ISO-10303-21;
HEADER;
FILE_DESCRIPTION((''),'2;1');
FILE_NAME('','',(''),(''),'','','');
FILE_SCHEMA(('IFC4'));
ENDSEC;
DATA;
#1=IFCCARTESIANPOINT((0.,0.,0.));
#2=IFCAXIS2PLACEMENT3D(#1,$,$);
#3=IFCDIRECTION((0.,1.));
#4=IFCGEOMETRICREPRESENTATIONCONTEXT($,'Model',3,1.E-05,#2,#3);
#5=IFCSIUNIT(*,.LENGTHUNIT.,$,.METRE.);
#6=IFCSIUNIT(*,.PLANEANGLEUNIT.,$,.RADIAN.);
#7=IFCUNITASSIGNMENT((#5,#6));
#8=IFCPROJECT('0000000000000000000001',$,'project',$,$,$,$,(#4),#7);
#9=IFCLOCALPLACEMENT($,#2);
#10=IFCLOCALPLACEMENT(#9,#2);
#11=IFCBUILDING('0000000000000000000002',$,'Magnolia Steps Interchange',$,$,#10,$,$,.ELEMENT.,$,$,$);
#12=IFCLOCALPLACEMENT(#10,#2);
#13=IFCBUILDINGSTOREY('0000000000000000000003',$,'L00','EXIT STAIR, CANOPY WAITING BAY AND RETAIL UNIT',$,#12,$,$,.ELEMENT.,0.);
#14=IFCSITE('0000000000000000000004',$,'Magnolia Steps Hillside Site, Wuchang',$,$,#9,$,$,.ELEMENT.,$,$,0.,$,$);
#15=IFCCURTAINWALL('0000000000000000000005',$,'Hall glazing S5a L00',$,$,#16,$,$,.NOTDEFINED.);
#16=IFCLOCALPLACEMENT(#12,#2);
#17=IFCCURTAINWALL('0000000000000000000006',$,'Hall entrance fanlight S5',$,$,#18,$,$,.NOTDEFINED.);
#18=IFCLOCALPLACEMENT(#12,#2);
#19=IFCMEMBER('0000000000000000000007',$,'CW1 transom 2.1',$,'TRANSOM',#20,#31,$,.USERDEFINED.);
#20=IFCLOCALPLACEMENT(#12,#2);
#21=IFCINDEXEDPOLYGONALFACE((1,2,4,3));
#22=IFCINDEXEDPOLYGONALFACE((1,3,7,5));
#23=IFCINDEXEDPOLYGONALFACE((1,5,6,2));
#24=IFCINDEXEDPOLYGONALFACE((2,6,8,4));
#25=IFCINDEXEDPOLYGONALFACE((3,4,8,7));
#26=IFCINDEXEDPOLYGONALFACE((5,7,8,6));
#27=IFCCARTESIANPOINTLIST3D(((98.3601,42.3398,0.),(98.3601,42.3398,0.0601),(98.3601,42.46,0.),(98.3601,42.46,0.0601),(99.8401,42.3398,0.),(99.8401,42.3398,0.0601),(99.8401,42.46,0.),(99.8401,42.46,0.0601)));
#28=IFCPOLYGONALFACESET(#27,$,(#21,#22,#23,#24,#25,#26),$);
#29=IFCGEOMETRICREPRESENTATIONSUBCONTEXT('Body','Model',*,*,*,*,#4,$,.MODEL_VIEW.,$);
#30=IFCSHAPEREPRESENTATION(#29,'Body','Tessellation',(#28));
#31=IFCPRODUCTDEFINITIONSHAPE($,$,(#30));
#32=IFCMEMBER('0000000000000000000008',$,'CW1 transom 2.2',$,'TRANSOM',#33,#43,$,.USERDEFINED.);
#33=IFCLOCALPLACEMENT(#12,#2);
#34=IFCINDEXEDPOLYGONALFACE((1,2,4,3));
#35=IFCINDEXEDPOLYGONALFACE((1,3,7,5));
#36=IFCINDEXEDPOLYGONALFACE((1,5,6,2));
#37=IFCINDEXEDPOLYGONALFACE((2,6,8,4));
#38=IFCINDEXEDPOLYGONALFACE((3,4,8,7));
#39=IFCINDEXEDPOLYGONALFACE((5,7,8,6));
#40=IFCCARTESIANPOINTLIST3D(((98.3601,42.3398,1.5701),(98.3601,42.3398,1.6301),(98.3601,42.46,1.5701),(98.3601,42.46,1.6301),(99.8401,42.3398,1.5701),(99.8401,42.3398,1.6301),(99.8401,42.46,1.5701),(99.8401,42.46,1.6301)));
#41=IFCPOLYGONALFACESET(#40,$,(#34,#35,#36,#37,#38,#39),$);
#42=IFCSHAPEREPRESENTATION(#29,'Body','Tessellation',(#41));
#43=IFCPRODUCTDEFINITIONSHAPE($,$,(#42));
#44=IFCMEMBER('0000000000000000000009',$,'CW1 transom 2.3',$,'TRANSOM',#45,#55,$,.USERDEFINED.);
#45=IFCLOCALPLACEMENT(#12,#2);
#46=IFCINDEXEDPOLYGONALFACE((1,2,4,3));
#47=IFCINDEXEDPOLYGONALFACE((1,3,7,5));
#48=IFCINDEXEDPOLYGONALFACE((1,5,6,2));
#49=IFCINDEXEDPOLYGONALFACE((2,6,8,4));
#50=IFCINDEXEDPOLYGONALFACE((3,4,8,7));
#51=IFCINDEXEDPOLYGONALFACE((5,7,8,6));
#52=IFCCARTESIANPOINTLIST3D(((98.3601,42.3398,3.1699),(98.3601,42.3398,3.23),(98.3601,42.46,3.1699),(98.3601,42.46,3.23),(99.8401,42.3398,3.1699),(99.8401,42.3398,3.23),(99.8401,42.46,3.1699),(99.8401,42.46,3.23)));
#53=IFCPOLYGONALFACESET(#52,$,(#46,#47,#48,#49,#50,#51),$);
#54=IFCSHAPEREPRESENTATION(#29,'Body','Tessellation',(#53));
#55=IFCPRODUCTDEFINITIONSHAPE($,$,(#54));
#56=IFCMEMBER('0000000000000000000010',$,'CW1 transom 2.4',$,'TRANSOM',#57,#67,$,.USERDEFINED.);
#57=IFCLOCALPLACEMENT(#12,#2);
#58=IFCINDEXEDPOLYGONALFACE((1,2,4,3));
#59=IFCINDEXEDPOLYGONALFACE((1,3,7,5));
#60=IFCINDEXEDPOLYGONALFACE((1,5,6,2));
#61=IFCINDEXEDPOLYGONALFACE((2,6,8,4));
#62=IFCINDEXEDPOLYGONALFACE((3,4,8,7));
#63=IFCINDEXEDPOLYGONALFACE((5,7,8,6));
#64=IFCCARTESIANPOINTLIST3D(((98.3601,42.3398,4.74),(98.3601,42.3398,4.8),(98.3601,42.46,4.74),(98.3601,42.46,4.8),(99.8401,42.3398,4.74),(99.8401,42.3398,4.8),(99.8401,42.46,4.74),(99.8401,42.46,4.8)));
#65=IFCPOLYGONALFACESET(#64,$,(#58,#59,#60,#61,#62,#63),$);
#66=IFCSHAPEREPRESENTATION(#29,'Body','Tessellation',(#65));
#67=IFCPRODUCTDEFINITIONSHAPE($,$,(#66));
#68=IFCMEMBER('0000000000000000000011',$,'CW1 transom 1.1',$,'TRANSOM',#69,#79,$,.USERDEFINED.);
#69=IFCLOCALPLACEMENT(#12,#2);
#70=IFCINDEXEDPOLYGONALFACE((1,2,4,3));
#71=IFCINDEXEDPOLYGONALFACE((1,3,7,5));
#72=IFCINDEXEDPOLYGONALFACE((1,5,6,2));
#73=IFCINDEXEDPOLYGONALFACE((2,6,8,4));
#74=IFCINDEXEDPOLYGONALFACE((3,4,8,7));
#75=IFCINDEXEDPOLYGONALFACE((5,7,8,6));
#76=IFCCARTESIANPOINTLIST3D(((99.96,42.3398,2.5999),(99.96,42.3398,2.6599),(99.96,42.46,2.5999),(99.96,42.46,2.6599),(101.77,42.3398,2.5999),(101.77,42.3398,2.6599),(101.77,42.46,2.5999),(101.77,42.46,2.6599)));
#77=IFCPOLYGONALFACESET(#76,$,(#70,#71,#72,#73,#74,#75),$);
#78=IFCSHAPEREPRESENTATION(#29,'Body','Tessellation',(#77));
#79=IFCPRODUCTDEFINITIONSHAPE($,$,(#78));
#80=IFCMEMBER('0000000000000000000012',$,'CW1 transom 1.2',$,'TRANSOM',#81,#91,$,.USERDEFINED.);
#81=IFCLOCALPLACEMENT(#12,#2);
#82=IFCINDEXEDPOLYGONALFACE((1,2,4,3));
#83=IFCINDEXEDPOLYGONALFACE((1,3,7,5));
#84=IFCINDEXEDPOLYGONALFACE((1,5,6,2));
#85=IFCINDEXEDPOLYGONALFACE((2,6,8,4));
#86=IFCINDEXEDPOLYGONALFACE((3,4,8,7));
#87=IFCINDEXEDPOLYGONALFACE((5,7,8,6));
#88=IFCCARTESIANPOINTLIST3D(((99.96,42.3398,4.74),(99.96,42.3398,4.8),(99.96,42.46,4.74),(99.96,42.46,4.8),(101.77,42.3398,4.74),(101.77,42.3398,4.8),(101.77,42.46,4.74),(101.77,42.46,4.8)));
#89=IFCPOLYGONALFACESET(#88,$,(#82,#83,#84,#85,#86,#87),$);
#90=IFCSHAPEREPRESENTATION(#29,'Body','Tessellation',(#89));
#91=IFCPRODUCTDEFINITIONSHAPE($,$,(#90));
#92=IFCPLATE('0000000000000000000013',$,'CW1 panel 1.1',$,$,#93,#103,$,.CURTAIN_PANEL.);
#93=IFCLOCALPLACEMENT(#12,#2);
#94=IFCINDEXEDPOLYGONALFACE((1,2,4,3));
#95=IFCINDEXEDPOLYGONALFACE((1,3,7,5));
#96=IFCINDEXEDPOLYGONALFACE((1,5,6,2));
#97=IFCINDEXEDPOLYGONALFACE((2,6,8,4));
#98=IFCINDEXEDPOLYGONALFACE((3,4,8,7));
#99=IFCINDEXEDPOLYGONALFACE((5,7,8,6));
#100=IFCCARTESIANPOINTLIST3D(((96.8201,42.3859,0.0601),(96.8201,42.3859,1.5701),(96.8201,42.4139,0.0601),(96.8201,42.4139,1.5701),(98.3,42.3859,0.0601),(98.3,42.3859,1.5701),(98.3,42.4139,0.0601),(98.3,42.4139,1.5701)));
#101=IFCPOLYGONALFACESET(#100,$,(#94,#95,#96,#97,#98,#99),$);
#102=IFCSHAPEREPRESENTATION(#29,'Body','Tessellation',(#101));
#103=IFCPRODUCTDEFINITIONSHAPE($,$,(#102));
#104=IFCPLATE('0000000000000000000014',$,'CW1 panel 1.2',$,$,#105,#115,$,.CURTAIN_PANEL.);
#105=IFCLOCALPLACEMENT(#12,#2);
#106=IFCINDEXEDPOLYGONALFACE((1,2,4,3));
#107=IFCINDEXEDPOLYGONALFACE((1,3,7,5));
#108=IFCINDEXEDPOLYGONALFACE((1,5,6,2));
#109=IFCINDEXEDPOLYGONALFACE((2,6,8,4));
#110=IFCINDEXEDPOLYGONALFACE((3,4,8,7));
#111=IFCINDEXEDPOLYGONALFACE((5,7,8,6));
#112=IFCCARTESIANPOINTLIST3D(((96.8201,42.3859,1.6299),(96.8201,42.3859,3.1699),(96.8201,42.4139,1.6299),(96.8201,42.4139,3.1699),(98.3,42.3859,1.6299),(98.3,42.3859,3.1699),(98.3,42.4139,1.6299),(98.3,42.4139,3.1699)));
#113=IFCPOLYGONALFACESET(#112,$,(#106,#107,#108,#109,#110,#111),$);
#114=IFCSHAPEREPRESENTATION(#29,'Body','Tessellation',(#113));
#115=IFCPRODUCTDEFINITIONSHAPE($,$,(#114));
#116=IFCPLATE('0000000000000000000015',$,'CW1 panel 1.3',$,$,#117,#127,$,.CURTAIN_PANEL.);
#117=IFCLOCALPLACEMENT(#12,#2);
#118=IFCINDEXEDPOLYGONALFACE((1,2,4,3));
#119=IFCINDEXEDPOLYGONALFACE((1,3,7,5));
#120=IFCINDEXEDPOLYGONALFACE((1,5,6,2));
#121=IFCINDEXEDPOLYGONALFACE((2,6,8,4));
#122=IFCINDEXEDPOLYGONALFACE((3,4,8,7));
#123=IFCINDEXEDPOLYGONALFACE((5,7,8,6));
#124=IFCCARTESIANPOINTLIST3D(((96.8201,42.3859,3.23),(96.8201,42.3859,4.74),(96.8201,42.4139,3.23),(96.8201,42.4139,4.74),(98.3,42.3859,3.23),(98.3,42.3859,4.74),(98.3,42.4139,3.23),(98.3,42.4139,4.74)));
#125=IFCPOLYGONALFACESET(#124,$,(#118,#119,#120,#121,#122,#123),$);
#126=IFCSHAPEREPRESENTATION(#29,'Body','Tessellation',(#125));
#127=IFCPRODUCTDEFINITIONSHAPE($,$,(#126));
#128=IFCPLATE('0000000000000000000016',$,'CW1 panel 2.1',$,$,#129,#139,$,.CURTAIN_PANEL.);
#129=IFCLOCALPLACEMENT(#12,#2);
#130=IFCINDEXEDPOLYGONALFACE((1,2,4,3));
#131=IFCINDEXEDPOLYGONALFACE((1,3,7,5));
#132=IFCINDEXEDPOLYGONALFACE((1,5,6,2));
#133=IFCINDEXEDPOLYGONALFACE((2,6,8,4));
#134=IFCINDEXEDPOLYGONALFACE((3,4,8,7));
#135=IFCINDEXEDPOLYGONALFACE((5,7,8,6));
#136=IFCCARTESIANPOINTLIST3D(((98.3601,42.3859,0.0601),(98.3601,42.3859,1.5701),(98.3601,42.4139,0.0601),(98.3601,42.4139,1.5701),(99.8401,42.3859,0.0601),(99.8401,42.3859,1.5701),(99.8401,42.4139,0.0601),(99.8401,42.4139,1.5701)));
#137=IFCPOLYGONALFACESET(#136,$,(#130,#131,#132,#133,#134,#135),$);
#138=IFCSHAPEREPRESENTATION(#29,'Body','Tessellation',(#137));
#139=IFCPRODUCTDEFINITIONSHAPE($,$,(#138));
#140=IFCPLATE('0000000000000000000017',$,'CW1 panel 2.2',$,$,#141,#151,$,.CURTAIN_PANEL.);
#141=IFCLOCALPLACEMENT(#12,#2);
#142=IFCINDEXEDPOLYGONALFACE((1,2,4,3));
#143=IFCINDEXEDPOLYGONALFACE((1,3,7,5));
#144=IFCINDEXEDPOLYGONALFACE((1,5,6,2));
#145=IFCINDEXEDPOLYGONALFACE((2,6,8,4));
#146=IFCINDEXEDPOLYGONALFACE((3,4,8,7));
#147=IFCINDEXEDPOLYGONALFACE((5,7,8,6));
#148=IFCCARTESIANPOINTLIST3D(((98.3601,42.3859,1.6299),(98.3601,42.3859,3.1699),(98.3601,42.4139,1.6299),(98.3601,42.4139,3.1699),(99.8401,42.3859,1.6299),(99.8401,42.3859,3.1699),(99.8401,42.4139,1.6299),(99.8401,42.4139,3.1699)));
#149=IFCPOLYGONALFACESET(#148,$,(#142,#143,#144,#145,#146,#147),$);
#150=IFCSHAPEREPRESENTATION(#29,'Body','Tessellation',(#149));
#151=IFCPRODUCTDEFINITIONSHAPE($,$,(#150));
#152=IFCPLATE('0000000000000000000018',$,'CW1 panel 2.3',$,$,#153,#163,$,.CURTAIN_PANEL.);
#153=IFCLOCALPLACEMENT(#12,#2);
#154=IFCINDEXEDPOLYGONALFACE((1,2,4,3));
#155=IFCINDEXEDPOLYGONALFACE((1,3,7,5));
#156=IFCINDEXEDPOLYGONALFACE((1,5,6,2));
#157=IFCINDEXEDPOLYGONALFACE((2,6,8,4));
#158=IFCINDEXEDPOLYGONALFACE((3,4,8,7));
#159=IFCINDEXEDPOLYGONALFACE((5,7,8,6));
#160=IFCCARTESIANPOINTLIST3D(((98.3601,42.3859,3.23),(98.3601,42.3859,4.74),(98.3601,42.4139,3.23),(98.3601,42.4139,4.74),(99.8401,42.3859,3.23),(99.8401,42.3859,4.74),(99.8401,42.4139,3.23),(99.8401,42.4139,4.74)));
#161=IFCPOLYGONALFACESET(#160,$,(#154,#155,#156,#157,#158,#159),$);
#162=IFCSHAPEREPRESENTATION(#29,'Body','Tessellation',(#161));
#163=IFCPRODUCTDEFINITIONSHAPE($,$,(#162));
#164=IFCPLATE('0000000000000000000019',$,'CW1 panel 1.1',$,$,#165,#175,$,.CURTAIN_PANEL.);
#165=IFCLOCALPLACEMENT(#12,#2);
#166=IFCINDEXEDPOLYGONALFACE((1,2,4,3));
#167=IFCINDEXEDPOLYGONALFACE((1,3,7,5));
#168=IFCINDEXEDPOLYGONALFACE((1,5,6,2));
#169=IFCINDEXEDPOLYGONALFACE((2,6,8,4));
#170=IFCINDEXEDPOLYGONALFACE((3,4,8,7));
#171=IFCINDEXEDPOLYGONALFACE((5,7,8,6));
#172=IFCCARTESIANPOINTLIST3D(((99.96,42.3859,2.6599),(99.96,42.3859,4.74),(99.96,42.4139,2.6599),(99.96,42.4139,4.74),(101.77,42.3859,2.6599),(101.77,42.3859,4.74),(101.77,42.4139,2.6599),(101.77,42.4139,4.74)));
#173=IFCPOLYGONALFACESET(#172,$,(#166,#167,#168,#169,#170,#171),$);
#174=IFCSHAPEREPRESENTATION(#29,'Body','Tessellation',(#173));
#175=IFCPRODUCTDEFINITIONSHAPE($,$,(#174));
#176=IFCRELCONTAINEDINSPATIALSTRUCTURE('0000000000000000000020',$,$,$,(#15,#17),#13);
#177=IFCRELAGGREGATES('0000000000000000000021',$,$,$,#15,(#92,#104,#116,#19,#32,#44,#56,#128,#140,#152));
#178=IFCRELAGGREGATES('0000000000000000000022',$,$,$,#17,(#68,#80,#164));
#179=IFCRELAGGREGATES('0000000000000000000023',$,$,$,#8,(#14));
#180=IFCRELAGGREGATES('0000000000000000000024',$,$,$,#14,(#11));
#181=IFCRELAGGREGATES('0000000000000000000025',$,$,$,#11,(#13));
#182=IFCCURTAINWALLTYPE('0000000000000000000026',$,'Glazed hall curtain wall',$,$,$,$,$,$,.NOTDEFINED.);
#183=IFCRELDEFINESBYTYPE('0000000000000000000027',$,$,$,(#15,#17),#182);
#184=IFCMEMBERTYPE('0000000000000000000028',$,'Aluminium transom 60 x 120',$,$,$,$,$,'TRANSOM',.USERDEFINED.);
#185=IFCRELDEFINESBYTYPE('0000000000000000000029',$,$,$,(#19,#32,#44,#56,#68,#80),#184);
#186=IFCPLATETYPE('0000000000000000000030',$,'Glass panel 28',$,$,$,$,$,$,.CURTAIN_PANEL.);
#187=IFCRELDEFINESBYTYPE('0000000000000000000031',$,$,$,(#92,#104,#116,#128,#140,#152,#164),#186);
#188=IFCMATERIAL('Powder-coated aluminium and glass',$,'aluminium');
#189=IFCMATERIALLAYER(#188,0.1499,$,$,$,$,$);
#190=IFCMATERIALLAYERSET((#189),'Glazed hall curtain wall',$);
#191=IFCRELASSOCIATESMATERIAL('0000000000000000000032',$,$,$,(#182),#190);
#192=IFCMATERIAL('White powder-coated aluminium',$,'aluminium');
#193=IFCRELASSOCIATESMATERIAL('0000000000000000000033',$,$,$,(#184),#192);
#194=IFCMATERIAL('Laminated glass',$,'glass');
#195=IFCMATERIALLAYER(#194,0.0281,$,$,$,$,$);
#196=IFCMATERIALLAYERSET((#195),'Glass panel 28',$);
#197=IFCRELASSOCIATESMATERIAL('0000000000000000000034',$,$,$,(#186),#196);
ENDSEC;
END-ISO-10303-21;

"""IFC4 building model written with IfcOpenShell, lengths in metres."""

from ifc_helpers import new_model, si_unit, direction, frame, origin, origin_2d, place, context, subcontext, project, spatial, rectangle, extrude, material, layer, layer_set, material_profile, profile_set, type_object, element, aggregate, save


model = new_model("IFC4")

# Units and contexts
model_context = context("Model", 3, precision=1e-05, world=origin(), true_north=direction((0.0, 1.0)))
body_context = subcontext(model_context, "Body", "Model", "MODEL_VIEW")
ifc_project = project(units=[si_unit("LENGTHUNIT", "METRE"), si_unit("PLANEANGLEUNIT", "RADIAN")], contexts=[model_context])

# Site, building, storey
site_placement = place(None, origin())
site = spatial("IfcSite", under=ifc_project, at=site_placement, Name="Magnolia Steps Hillside Site, Wuchang", CompositionType="ELEMENT", RefElevation=0.0)
building_placement = place(site_placement, origin())
building = spatial("IfcBuilding", under=site, at=building_placement, Name="Magnolia Steps Interchange", CompositionType="ELEMENT")
storey_placement = place(building_placement, origin())
storey = spatial("IfcBuildingStorey", under=building, at=storey_placement, Name="L00", Description="EXIT STAIR, CANOPY WAITING BAY AND RETAIL UNIT", CompositionType="ELEMENT", Elevation=0.0)

# Curtain walls
ifc_material_1 = material(Name="Powder-coated aluminium and glass", Category="aluminium")
ifc_layer_1 = layer(ifc_material_1, 0.1499)
ifc_layer_set_1 = layer_set([ifc_layer_1], Name="Glazed hall curtain wall")
curtain_wall_type = type_object("IfcCurtainWallType", Name="Glazed hall curtain wall", PredefinedType="NOTDEFINED", material=ifc_layer_set_1)
curtain_wall_1_placement = place(storey_placement, origin())
curtain_wall_1 = element("IfcCurtainWall", 1, at=curtain_wall_1_placement, inside=storey, type_object=curtain_wall_type, Name="Hall glazing S5a L00", PredefinedType="NOTDEFINED")
curtain_wall_2_placement = place(storey_placement, origin())
curtain_wall_2 = element("IfcCurtainWall", 2, at=curtain_wall_2_placement, inside=storey, type_object=curtain_wall_type, Name="Hall entrance fanlight S5", PredefinedType="NOTDEFINED")

# Members
ifc_material_2 = material(Name="White powder-coated aluminium", Category="aluminium")
ifc_material_profile_1 = material_profile(ifc_material_2, rectangle(XDim=0.0601, YDim=0.1201, at=origin_2d()), Name="Aluminium transom 60 x 120")
ifc_profile_set_1 = profile_set([ifc_material_profile_1], Name="White powder-coated aluminium")
member_type_1 = type_object("IfcMemberType", Name="Aluminium transom 60 x 120", ElementType="TRANSOM", PredefinedType="USERDEFINED", material=ifc_profile_set_1)
member_1_placement = place(storey_placement, frame((98.3601, 42.3999, 0.03), z_axis=(1.0, 0.0, 0.0), x_axis=(0.0, 0.0, 1.0)))
member_1 = element("IfcMember", 3, at=member_1_placement, type_object=member_type_1, Name="CW1 transom 2.1", ObjectType="TRANSOM", PredefinedType="USERDEFINED", context=body_context, shape_type="SweptSolid", body=[
    extrude(rectangle(XDim=0.0601, YDim=0.1201, at=origin_2d()), origin(), (0.0, 0.0, 1.0), 1.48),
])
member_2_placement = place(storey_placement, frame((98.3601, 42.3999, 1.6001), z_axis=(1.0, 0.0, 0.0), x_axis=(0.0, 0.0, 1.0)))
member_2 = element("IfcMember", 4, at=member_2_placement, type_object=member_type_1, Name="CW1 transom 2.2", ObjectType="TRANSOM", PredefinedType="USERDEFINED", context=body_context, shape_type="SweptSolid", body=[
    extrude(rectangle(XDim=0.0601, YDim=0.1201, at=origin_2d()), origin(), (0.0, 0.0, 1.0), 1.48),
])
member_3_placement = place(storey_placement, frame((98.3601, 42.3999, 3.2), z_axis=(1.0, 0.0, 0.0), x_axis=(0.0, 0.0, 1.0)))
member_3 = element("IfcMember", 5, at=member_3_placement, type_object=member_type_1, Name="CW1 transom 2.3", ObjectType="TRANSOM", PredefinedType="USERDEFINED", context=body_context, shape_type="SweptSolid", body=[
    extrude(rectangle(XDim=0.0601, YDim=0.1201, at=origin_2d()), origin(), (0.0, 0.0, 1.0), 1.48),
])
member_4_placement = place(storey_placement, frame((98.3601, 42.3999, 4.77), z_axis=(1.0, 0.0, 0.0), x_axis=(0.0, 0.0, 1.0)))
member_4 = element("IfcMember", 6, at=member_4_placement, type_object=member_type_1, Name="CW1 transom 2.4", ObjectType="TRANSOM", PredefinedType="USERDEFINED", context=body_context, shape_type="SweptSolid", body=[
    extrude(rectangle(XDim=0.0601, YDim=0.1201, at=origin_2d()), origin(), (0.0, 0.0, 1.0), 1.48),
])
member_5_placement = place(storey_placement, frame((99.96, 42.3999, 2.6299), z_axis=(1.0, 0.0, 0.0), x_axis=(0.0, 0.0, 1.0)))
member_5 = element("IfcMember", 7, at=member_5_placement, type_object=member_type_1, Name="CW1 transom 1.1", ObjectType="TRANSOM", PredefinedType="USERDEFINED", context=body_context, shape_type="SweptSolid", body=[
    extrude(rectangle(XDim=0.0601, YDim=0.1201, at=origin_2d()), origin(), (0.0, 0.0, 1.0), 1.8101),
])
member_6_placement = place(storey_placement, frame((99.96, 42.3999, 4.77), z_axis=(1.0, 0.0, 0.0), x_axis=(0.0, 0.0, 1.0)))
member_6 = element("IfcMember", 8, at=member_6_placement, type_object=member_type_1, Name="CW1 transom 1.2", ObjectType="TRANSOM", PredefinedType="USERDEFINED", context=body_context, shape_type="SweptSolid", body=[
    extrude(rectangle(XDim=0.0601, YDim=0.1201, at=origin_2d()), origin(), (0.0, 0.0, 1.0), 1.8101),
])

# Plates
ifc_material_3 = material(Name="Laminated glass", Category="glass")
ifc_layer_2 = layer(ifc_material_3, 0.0281)
ifc_layer_set_2 = layer_set([ifc_layer_2], Name="Glass panel 28")
plate_type = type_object("IfcPlateType", Name="Glass panel 28", PredefinedType="CURTAIN_PANEL", material=ifc_layer_set_2)
plate_1_placement = place(storey_placement, frame((97.5601, 42.3999, 0.0601), z_axis=(0.0, 0.0, 1.0), x_axis=(1.0, 0.0, 0.0)))
plate_1 = element("IfcPlate", 9, at=plate_1_placement, type_object=plate_type, Name="CW1 panel 1.1", PredefinedType="CURTAIN_PANEL", context=body_context, shape_type="SweptSolid", body=[
    extrude(rectangle(XDim=1.48, YDim=0.0281, at=origin_2d()), origin(), (0.0, 0.0, 1.0), 1.51),
])
plate_2_placement = place(storey_placement, frame((97.5601, 42.3999, 1.6299), z_axis=(0.0, 0.0, 1.0), x_axis=(1.0, 0.0, 0.0)))
plate_2 = element("IfcPlate", 10, at=plate_2_placement, type_object=plate_type, Name="CW1 panel 1.2", PredefinedType="CURTAIN_PANEL", context=body_context, shape_type="SweptSolid", body=[
    extrude(rectangle(XDim=1.48, YDim=0.0281, at=origin_2d()), origin(), (0.0, 0.0, 1.0), 1.54),
])
plate_3_placement = place(storey_placement, frame((97.5601, 42.3999, 3.23), z_axis=(0.0, 0.0, 1.0), x_axis=(1.0, 0.0, 0.0)))
plate_3 = element("IfcPlate", 11, at=plate_3_placement, type_object=plate_type, Name="CW1 panel 1.3", PredefinedType="CURTAIN_PANEL", context=body_context, shape_type="SweptSolid", body=[
    extrude(rectangle(XDim=1.48, YDim=0.0281, at=origin_2d()), origin(), (0.0, 0.0, 1.0), 1.51),
])
plate_4_placement = place(storey_placement, frame((99.1001, 42.3999, 0.0601), z_axis=(0.0, 0.0, 1.0), x_axis=(1.0, 0.0, 0.0)))
plate_4 = element("IfcPlate", 12, at=plate_4_placement, type_object=plate_type, Name="CW1 panel 2.1", PredefinedType="CURTAIN_PANEL", context=body_context, shape_type="SweptSolid", body=[
    extrude(rectangle(XDim=1.48, YDim=0.0281, at=origin_2d()), origin(), (0.0, 0.0, 1.0), 1.51),
])
plate_5_placement = place(storey_placement, frame((99.1001, 42.3999, 1.6299), z_axis=(0.0, 0.0, 1.0), x_axis=(1.0, 0.0, 0.0)))
plate_5 = element("IfcPlate", 13, at=plate_5_placement, type_object=plate_type, Name="CW1 panel 2.2", PredefinedType="CURTAIN_PANEL", context=body_context, shape_type="SweptSolid", body=[
    extrude(rectangle(XDim=1.48, YDim=0.0281, at=origin_2d()), origin(), (0.0, 0.0, 1.0), 1.54),
])
plate_6_placement = place(storey_placement, frame((99.1001, 42.3999, 3.23), z_axis=(0.0, 0.0, 1.0), x_axis=(1.0, 0.0, 0.0)))
plate_6 = element("IfcPlate", 14, at=plate_6_placement, type_object=plate_type, Name="CW1 panel 2.3", PredefinedType="CURTAIN_PANEL", context=body_context, shape_type="SweptSolid", body=[
    extrude(rectangle(XDim=1.48, YDim=0.0281, at=origin_2d()), origin(), (0.0, 0.0, 1.0), 1.51),
])
aggregate(curtain_wall_1, [plate_1, plate_2, plate_3, member_1, member_2, member_3, member_4, plate_4, plate_5, plate_6])
plate_7_placement = place(storey_placement, frame((100.865, 42.3999, 2.6599), z_axis=(0.0, 0.0, 1.0), x_axis=(1.0, 0.0, 0.0)))
plate_7 = element("IfcPlate", 15, at=plate_7_placement, type_object=plate_type, Name="CW1 panel 1.1", PredefinedType="CURTAIN_PANEL", context=body_context, shape_type="SweptSolid", body=[
    extrude(rectangle(XDim=1.8101, YDim=0.0281, at=origin_2d()), origin(), (0.0, 0.0, 1.0), 2.0801),
])
aggregate(curtain_wall_2, [member_5, member_6, plate_7])

save(model, "model.ifc")
